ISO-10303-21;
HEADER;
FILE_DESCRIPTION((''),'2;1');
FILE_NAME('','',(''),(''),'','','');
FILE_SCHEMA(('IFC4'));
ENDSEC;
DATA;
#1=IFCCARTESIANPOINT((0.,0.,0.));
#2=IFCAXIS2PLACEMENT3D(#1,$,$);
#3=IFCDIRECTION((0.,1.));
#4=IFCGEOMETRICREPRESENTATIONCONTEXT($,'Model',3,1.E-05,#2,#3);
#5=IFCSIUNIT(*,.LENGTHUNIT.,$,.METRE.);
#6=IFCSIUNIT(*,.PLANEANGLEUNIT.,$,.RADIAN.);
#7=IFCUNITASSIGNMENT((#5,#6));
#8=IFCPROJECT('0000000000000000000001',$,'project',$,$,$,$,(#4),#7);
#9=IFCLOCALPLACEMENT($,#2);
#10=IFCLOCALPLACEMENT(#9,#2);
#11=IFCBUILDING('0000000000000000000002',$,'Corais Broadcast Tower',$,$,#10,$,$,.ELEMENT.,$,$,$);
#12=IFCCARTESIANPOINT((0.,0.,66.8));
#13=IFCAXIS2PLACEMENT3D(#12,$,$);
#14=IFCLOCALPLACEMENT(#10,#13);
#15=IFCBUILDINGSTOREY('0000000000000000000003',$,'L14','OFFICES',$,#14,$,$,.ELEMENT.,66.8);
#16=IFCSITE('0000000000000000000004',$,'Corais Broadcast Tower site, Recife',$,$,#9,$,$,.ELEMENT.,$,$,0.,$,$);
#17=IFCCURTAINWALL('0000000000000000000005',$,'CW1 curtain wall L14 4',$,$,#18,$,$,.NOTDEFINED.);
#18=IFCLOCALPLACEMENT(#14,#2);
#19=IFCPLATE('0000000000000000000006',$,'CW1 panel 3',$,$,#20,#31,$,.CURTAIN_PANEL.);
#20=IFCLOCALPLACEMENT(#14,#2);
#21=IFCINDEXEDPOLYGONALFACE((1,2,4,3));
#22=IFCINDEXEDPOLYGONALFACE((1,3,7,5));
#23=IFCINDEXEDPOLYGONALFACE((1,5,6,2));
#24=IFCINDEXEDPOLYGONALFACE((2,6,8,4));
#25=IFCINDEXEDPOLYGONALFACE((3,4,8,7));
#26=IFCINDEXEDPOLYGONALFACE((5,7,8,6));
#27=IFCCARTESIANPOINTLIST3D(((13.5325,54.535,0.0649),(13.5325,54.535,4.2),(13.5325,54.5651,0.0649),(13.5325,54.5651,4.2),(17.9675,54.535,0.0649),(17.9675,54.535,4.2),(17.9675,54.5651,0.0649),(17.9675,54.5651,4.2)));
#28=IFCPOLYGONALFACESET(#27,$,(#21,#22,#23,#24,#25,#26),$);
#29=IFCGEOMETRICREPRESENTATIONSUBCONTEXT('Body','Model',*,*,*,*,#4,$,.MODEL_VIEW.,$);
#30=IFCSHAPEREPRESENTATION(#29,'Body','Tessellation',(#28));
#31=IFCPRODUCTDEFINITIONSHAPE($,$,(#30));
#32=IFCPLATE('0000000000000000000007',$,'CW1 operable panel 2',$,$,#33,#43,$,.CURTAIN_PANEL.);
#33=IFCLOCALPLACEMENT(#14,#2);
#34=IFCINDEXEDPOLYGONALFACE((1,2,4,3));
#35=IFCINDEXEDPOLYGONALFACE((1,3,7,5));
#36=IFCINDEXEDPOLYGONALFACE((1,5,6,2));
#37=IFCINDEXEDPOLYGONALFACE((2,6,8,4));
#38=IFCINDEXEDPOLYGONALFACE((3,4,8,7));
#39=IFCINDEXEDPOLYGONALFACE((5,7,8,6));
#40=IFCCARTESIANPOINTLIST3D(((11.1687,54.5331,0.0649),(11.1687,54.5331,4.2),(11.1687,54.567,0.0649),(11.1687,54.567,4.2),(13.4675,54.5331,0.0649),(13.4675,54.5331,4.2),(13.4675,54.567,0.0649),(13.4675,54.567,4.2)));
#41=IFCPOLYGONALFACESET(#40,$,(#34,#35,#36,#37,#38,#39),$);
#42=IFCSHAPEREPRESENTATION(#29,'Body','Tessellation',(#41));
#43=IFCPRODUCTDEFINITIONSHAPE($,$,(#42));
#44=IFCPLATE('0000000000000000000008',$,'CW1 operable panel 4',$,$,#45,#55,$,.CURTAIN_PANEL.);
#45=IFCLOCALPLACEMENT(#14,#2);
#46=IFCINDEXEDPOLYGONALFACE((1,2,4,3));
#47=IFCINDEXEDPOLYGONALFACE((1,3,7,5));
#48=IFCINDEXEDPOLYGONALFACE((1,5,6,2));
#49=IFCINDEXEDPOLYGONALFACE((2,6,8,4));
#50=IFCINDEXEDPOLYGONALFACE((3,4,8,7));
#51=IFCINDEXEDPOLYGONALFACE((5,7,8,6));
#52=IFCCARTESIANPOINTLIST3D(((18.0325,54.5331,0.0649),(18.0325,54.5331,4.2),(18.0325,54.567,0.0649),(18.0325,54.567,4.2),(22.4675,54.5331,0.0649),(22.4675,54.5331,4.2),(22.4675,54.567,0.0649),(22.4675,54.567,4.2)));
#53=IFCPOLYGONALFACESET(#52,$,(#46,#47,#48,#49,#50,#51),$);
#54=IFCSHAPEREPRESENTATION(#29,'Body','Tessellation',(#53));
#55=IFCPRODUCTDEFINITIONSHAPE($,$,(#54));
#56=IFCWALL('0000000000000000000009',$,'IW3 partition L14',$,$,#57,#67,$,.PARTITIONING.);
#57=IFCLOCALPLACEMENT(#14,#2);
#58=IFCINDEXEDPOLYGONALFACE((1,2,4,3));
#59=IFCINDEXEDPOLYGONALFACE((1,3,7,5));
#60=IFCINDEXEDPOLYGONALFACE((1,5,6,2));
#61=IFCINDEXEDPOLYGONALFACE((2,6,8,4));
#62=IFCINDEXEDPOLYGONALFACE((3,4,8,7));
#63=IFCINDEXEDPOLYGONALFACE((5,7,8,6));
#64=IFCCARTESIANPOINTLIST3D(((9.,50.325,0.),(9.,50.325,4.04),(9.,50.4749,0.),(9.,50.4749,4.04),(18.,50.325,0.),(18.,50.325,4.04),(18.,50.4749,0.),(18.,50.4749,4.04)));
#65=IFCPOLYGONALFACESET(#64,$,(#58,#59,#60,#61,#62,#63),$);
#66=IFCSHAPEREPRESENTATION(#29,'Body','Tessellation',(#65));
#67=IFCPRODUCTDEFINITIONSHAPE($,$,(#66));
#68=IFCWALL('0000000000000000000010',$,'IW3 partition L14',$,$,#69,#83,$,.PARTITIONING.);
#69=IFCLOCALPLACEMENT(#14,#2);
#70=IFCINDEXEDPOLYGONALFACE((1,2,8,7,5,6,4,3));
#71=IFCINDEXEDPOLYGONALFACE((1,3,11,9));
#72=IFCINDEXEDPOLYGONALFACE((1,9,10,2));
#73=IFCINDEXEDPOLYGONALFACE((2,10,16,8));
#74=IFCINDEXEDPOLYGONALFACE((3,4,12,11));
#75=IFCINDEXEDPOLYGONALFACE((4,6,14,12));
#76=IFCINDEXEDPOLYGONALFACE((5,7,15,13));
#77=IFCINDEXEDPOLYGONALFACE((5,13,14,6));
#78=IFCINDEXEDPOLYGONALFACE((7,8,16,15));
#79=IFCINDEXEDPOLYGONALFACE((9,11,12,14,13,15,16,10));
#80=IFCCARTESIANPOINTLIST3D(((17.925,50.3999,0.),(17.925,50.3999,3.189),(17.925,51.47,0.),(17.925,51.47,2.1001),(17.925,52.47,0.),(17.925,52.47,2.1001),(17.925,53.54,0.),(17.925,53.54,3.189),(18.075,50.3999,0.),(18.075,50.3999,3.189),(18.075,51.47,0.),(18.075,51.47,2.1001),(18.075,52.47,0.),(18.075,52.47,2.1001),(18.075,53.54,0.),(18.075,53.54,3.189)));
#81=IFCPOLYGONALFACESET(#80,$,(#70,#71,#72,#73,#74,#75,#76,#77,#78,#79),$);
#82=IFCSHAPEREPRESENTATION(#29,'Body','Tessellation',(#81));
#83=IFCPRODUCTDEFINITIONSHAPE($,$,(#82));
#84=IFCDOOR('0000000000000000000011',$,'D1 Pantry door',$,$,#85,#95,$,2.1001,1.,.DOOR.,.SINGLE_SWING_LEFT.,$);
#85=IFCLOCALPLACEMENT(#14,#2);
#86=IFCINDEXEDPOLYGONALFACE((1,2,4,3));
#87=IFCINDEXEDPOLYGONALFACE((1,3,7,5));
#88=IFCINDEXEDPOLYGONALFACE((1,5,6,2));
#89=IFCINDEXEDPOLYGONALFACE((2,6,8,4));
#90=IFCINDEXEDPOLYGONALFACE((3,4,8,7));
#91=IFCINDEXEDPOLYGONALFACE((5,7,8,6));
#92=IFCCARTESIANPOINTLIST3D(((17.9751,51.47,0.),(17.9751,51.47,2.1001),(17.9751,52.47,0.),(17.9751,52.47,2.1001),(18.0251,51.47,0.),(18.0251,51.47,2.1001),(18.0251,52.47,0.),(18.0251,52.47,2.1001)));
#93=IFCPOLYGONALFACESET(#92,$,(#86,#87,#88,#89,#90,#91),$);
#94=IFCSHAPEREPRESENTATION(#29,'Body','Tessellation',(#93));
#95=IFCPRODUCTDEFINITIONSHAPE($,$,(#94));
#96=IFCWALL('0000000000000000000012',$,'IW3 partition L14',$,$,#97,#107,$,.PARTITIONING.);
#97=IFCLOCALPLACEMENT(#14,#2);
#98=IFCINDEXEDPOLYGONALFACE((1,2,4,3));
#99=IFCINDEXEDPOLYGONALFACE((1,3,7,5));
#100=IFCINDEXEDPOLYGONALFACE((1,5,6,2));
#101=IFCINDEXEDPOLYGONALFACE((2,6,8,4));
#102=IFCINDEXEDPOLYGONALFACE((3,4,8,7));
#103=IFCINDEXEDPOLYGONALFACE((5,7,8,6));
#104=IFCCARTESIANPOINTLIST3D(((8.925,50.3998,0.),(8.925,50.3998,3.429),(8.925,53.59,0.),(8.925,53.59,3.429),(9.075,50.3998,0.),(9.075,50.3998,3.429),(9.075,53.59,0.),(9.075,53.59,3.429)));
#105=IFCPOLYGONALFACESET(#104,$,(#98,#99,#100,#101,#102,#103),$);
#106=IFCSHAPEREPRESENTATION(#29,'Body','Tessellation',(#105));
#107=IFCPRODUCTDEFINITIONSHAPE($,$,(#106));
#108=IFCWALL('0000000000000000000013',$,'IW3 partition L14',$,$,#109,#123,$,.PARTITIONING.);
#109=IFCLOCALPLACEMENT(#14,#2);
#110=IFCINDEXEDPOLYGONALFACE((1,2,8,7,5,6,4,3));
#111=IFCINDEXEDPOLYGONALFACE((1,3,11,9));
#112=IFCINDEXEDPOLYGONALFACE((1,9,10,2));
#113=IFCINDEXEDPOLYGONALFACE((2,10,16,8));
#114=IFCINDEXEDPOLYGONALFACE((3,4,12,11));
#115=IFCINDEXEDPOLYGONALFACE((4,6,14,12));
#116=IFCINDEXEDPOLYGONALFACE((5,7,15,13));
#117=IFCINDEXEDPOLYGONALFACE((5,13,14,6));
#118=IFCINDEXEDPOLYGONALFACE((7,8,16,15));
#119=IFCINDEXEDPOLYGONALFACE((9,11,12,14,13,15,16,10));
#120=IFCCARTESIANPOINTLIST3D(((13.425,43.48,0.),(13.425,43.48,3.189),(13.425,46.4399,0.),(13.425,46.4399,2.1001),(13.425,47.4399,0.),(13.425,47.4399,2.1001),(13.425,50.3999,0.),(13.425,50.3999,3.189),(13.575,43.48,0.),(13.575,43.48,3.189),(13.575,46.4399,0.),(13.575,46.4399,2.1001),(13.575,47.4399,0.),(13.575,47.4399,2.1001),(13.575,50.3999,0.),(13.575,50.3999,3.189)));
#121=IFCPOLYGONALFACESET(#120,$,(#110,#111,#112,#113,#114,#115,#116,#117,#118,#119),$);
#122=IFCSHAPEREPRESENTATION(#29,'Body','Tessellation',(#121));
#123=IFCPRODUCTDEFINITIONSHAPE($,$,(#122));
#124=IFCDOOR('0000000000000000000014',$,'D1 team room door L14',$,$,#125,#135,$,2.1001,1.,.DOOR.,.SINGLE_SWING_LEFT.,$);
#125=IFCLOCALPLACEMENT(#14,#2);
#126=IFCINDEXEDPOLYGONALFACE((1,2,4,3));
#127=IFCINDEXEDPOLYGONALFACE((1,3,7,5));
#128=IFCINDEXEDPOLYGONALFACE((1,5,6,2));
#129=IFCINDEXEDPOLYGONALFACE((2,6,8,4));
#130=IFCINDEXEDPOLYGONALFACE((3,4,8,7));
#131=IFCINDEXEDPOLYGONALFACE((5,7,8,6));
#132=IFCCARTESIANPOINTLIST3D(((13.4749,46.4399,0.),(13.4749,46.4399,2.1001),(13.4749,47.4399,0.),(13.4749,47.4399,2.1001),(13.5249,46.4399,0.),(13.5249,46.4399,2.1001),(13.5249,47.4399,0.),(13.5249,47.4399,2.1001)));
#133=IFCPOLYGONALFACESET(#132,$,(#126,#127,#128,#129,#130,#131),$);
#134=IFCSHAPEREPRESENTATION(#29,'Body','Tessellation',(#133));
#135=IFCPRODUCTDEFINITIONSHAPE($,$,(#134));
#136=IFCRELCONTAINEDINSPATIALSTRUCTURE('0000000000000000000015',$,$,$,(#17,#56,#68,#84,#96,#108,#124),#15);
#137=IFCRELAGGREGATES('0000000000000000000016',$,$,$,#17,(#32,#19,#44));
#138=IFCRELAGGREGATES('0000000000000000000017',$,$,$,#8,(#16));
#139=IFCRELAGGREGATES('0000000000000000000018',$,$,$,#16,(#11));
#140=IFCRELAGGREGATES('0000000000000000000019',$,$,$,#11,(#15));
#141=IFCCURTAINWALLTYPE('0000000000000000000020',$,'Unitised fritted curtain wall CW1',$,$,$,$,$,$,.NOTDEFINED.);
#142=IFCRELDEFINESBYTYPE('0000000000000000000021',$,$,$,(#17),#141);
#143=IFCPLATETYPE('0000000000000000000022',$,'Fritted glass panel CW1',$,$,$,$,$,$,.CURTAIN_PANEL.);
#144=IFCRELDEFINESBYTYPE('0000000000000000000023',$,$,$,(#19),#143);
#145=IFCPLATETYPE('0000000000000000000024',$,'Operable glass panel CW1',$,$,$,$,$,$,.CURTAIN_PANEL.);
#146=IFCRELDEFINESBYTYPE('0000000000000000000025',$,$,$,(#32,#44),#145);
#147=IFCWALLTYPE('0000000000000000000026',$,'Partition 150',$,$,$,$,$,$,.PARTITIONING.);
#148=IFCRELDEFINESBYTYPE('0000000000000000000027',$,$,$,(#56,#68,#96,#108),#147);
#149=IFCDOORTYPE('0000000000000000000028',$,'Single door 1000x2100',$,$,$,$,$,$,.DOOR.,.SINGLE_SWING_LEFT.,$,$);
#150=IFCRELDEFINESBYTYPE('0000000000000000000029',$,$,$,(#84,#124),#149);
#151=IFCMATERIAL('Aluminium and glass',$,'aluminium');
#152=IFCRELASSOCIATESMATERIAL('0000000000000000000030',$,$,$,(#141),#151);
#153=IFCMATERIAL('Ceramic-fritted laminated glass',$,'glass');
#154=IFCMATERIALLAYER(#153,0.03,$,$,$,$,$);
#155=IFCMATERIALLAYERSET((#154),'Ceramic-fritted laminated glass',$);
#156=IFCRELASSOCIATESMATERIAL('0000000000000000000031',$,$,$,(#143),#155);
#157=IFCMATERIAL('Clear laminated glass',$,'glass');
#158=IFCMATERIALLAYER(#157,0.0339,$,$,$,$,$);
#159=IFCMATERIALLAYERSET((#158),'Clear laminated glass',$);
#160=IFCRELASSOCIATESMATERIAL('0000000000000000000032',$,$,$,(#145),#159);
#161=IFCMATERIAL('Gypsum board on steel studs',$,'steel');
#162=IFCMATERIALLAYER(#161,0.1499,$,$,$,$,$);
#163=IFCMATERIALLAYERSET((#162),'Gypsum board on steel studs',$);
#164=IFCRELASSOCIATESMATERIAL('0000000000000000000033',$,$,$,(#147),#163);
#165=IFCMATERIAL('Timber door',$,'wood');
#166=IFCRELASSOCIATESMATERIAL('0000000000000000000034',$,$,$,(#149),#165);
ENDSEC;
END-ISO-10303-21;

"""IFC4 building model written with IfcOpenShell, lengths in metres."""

from ifc_helpers import new_model, si_unit, direction, frame, frame_2d, origin, origin_2d, place, context, subcontext, project, spatial, rectangle, extrude, material, layer, layer_set, type_object, element, fill, aggregate, save


model = new_model("IFC4")

# Units and contexts
model_context = context("Model", 3, precision=1e-05, world=origin(), true_north=direction((0.0, 1.0)))
body_context = subcontext(model_context, "Body", "Model", "MODEL_VIEW")
ifc_project = project(units=[si_unit("LENGTHUNIT", "METRE"), si_unit("PLANEANGLEUNIT", "RADIAN")], contexts=[model_context])

# Site, building, storey
site_placement = place(None, origin())
site = spatial("IfcSite", under=ifc_project, at=site_placement, Name="Corais Broadcast Tower site, Recife", CompositionType="ELEMENT", RefElevation=0.0)
building_placement = place(site_placement, origin())
building = spatial("IfcBuilding", under=site, at=building_placement, Name="Corais Broadcast Tower", CompositionType="ELEMENT")
storey_placement = place(building_placement, frame((0.0, 0.0, 66.8)))
storey = spatial("IfcBuildingStorey", under=building, at=storey_placement, Name="L14", Description="OFFICES", CompositionType="ELEMENT", Elevation=66.8)

# Curtain wall
ifc_material_1 = material(Name="Aluminium and glass", Category="aluminium")
curtain_wall_type = type_object("IfcCurtainWallType", Name="Unitised fritted curtain wall CW1", PredefinedType="NOTDEFINED", material=ifc_material_1)
curtain_wall_placement = place(storey_placement, origin())
curtain_wall = element("IfcCurtainWall", 1, at=curtain_wall_placement, inside=storey, type_object=curtain_wall_type, Name="CW1 curtain wall L14 4", PredefinedType="NOTDEFINED")

# Plates
ifc_material_2 = material(Name="Ceramic-fritted laminated glass", Category="glass")
ifc_layer_1 = layer(ifc_material_2, 0.03)
ifc_layer_set_1 = layer_set([ifc_layer_1], Name="Ceramic-fritted laminated glass")
plate_type_1 = type_object("IfcPlateType", Name="Fritted glass panel CW1", PredefinedType="CURTAIN_PANEL", material=ifc_layer_set_1)
plate_1_placement = place(storey_placement, frame((15.75, 54.55, 0.0649), z_axis=(0.0, 0.0, 1.0), x_axis=(1.0, 0.0, 0.0)))
plate_1 = element("IfcPlate", 2, at=plate_1_placement, type_object=plate_type_1, Name="CW1 panel 3", PredefinedType="CURTAIN_PANEL", context=body_context, shape_type="SweptSolid", body=[
    extrude(rectangle(XDim=4.4351, YDim=0.03, at=origin_2d()), origin(), (0.0, 0.0, 1.0), 4.135),
])
ifc_material_3 = material(Name="Clear laminated glass", Category="glass")
ifc_layer_2 = layer(ifc_material_3, 0.0339)
ifc_layer_set_2 = layer_set([ifc_layer_2], Name="Clear laminated glass")
plate_type_2 = type_object("IfcPlateType", Name="Operable glass panel CW1", PredefinedType="CURTAIN_PANEL", material=ifc_layer_set_2)
plate_2_placement = place(storey_placement, frame((12.3181, 54.55, 0.0649), z_axis=(0.0, 0.0, 1.0), x_axis=(1.0, 0.0, 0.0)))
plate_2 = element("IfcPlate", 3, at=plate_2_placement, type_object=plate_type_2, Name="CW1 operable panel 2", PredefinedType="CURTAIN_PANEL", context=body_context, shape_type="SweptSolid", body=[
    extrude(rectangle(XDim=2.2988, YDim=0.0339, at=origin_2d()), origin(), (0.0, 0.0, 1.0), 4.135),
])
plate_3_placement = place(storey_placement, frame((20.25, 54.55, 0.0649), z_axis=(0.0, 0.0, 1.0), x_axis=(1.0, 0.0, 0.0)))
plate_3 = element("IfcPlate", 4, at=plate_3_placement, type_object=plate_type_2, Name="CW1 operable panel 4", PredefinedType="CURTAIN_PANEL", context=body_context, shape_type="SweptSolid", body=[
    extrude(rectangle(XDim=4.4351, YDim=0.0339, at=origin_2d()), origin(), (0.0, 0.0, 1.0), 4.135),
])
aggregate(curtain_wall, [plate_2, plate_1, plate_3])

# Wall
ifc_material_4 = material(Name="Gypsum board on steel studs", Category="steel")
ifc_layer_3 = layer(ifc_material_4, 0.1499)
ifc_layer_set_3 = layer_set([ifc_layer_3], Name="Gypsum board on steel studs")
wall_type = type_object("IfcWallType", Name="Partition 150", PredefinedType="PARTITIONING", material=ifc_layer_set_3)
wall_1_placement = place(storey_placement, frame((9.0, 50.3999, 0.0), z_axis=(0.0, 0.0, 1.0), x_axis=(1.0, 0.0, 0.0)))
element("IfcWall", 5, at=wall_1_placement, inside=storey, type_object=wall_type, Name="IW3 partition L14", PredefinedType="PARTITIONING", context=body_context, shape_type="SweptSolid", body=[
    extrude(rectangle(XDim=9.0, YDim=0.1499, at=frame_2d((4.5, 0.0))), origin(), (0.0, 0.0, 1.0), 4.04),
])

# Wall, opening, door
wall_2_placement = place(storey_placement, frame((18.0, 50.3999, 0.0), z_axis=(0.0, 0.0, 1.0), x_axis=(0.0, 1.0, 0.0)))
wall_2 = element("IfcWall", 6, at=wall_2_placement, inside=storey, type_object=wall_type, Name="IW3 partition L14", PredefinedType="PARTITIONING", context=body_context, shape_type="SweptSolid", body=[
    extrude(rectangle(XDim=3.1401, YDim=0.1499, at=frame_2d((1.5701, 0.0))), origin(), (0.0, 0.0, 1.0), 3.189),
])
opening_1_placement = place(wall_2_placement, frame((1.0701, 0.0, 0.0)))
opening_1 = element("IfcOpeningElement", 7, at=opening_1_placement, cuts=wall_2, PredefinedType="OPENING", context=body_context, shape_type="SweptSolid", body=[
    extrude(rectangle(XDim=1.0, YDim=2.1001, at=frame_2d((0.5, 1.05))), frame((0.0, 0.085, 0.0), z_axis=(0.0, -1.0, 0.0), x_axis=(1.0, 0.0, 0.0)), (0.0, 0.0, 1.0), 0.1699),
])
ifc_material_5 = material(Name="Timber door", Category="wood")
door_type = type_object("IfcDoorType", Name="Single door 1000x2100", OperationType="SINGLE_SWING_LEFT", PredefinedType="DOOR", material=ifc_material_5)
door_1_placement = place(opening_1_placement, origin())
door_1 = element("IfcDoor", 8, at=door_1_placement, inside=storey, type_object=door_type, Name="D1 Pantry door", OperationType="SINGLE_SWING_LEFT", OverallHeight=2.1001, OverallWidth=1.0, PredefinedType="DOOR", context=body_context, shape_type="SweptSolid", body=[
    extrude(rectangle(XDim=1.0, YDim=2.1001, at=frame_2d((0.5, 1.05))), frame((0.0, 0.0249, 0.0), z_axis=(0.0, -1.0, 0.0), x_axis=(1.0, 0.0, 0.0)), (0.0, 0.0, 1.0), 0.05),
])
fill(opening_1, door_1)

# Wall
wall_3_placement = place(storey_placement, frame((9.0, 53.5901, 0.0), z_axis=(0.0, 0.0, 1.0), x_axis=(0.0, -1.0, 0.0)))
element("IfcWall", 9, at=wall_3_placement, inside=storey, type_object=wall_type, Name="IW3 partition L14", PredefinedType="PARTITIONING", context=body_context, shape_type="SweptSolid", body=[
    extrude(rectangle(XDim=3.1902, YDim=0.1499, at=frame_2d((1.5952, 0.0))), origin(), (0.0, 0.0, 1.0), 3.429),
])

# Wall, opening, door
wall_4_placement = place(storey_placement, frame((13.5, 50.3999, 0.0), z_axis=(0.0, 0.0, 1.0), x_axis=(0.0, -1.0, 0.0)))
wall_4 = element("IfcWall", 10, at=wall_4_placement, inside=storey, type_object=wall_type, Name="IW3 partition L14", PredefinedType="PARTITIONING", context=body_context, shape_type="SweptSolid", body=[
    extrude(rectangle(XDim=6.9199, YDim=0.1499, at=frame_2d((3.46, 0.0))), origin(), (0.0, 0.0, 1.0), 3.189),
])
opening_2_placement = place(wall_4_placement, frame((2.96, 0.0, 0.0)))
opening_2 = element("IfcOpeningElement", 11, at=opening_2_placement, cuts=wall_4, PredefinedType="OPENING", context=body_context, shape_type="SweptSolid", body=[
    extrude(rectangle(XDim=1.0, YDim=2.1001, at=frame_2d((0.5, 1.05))), frame((0.0, 0.085, 0.0), z_axis=(0.0, -1.0, 0.0), x_axis=(1.0, 0.0, 0.0)), (0.0, 0.0, 1.0), 0.1699),
])
door_2_placement = place(opening_2_placement, origin())
door_2 = element("IfcDoor", 12, at=door_2_placement, inside=storey, type_object=door_type, Name="D1 team room door L14", OperationType="SINGLE_SWING_LEFT", OverallHeight=2.1001, OverallWidth=1.0, PredefinedType="DOOR", context=body_context, shape_type="SweptSolid", body=[
    extrude(rectangle(XDim=1.0, YDim=2.1001, at=frame_2d((0.5, 1.05))), frame((0.0, 0.0249, 0.0), z_axis=(0.0, -1.0, 0.0), x_axis=(1.0, 0.0, 0.0)), (0.0, 0.0, 1.0), 0.05),
])
fill(opening_2, door_2)

save(model, "model.ifc")
